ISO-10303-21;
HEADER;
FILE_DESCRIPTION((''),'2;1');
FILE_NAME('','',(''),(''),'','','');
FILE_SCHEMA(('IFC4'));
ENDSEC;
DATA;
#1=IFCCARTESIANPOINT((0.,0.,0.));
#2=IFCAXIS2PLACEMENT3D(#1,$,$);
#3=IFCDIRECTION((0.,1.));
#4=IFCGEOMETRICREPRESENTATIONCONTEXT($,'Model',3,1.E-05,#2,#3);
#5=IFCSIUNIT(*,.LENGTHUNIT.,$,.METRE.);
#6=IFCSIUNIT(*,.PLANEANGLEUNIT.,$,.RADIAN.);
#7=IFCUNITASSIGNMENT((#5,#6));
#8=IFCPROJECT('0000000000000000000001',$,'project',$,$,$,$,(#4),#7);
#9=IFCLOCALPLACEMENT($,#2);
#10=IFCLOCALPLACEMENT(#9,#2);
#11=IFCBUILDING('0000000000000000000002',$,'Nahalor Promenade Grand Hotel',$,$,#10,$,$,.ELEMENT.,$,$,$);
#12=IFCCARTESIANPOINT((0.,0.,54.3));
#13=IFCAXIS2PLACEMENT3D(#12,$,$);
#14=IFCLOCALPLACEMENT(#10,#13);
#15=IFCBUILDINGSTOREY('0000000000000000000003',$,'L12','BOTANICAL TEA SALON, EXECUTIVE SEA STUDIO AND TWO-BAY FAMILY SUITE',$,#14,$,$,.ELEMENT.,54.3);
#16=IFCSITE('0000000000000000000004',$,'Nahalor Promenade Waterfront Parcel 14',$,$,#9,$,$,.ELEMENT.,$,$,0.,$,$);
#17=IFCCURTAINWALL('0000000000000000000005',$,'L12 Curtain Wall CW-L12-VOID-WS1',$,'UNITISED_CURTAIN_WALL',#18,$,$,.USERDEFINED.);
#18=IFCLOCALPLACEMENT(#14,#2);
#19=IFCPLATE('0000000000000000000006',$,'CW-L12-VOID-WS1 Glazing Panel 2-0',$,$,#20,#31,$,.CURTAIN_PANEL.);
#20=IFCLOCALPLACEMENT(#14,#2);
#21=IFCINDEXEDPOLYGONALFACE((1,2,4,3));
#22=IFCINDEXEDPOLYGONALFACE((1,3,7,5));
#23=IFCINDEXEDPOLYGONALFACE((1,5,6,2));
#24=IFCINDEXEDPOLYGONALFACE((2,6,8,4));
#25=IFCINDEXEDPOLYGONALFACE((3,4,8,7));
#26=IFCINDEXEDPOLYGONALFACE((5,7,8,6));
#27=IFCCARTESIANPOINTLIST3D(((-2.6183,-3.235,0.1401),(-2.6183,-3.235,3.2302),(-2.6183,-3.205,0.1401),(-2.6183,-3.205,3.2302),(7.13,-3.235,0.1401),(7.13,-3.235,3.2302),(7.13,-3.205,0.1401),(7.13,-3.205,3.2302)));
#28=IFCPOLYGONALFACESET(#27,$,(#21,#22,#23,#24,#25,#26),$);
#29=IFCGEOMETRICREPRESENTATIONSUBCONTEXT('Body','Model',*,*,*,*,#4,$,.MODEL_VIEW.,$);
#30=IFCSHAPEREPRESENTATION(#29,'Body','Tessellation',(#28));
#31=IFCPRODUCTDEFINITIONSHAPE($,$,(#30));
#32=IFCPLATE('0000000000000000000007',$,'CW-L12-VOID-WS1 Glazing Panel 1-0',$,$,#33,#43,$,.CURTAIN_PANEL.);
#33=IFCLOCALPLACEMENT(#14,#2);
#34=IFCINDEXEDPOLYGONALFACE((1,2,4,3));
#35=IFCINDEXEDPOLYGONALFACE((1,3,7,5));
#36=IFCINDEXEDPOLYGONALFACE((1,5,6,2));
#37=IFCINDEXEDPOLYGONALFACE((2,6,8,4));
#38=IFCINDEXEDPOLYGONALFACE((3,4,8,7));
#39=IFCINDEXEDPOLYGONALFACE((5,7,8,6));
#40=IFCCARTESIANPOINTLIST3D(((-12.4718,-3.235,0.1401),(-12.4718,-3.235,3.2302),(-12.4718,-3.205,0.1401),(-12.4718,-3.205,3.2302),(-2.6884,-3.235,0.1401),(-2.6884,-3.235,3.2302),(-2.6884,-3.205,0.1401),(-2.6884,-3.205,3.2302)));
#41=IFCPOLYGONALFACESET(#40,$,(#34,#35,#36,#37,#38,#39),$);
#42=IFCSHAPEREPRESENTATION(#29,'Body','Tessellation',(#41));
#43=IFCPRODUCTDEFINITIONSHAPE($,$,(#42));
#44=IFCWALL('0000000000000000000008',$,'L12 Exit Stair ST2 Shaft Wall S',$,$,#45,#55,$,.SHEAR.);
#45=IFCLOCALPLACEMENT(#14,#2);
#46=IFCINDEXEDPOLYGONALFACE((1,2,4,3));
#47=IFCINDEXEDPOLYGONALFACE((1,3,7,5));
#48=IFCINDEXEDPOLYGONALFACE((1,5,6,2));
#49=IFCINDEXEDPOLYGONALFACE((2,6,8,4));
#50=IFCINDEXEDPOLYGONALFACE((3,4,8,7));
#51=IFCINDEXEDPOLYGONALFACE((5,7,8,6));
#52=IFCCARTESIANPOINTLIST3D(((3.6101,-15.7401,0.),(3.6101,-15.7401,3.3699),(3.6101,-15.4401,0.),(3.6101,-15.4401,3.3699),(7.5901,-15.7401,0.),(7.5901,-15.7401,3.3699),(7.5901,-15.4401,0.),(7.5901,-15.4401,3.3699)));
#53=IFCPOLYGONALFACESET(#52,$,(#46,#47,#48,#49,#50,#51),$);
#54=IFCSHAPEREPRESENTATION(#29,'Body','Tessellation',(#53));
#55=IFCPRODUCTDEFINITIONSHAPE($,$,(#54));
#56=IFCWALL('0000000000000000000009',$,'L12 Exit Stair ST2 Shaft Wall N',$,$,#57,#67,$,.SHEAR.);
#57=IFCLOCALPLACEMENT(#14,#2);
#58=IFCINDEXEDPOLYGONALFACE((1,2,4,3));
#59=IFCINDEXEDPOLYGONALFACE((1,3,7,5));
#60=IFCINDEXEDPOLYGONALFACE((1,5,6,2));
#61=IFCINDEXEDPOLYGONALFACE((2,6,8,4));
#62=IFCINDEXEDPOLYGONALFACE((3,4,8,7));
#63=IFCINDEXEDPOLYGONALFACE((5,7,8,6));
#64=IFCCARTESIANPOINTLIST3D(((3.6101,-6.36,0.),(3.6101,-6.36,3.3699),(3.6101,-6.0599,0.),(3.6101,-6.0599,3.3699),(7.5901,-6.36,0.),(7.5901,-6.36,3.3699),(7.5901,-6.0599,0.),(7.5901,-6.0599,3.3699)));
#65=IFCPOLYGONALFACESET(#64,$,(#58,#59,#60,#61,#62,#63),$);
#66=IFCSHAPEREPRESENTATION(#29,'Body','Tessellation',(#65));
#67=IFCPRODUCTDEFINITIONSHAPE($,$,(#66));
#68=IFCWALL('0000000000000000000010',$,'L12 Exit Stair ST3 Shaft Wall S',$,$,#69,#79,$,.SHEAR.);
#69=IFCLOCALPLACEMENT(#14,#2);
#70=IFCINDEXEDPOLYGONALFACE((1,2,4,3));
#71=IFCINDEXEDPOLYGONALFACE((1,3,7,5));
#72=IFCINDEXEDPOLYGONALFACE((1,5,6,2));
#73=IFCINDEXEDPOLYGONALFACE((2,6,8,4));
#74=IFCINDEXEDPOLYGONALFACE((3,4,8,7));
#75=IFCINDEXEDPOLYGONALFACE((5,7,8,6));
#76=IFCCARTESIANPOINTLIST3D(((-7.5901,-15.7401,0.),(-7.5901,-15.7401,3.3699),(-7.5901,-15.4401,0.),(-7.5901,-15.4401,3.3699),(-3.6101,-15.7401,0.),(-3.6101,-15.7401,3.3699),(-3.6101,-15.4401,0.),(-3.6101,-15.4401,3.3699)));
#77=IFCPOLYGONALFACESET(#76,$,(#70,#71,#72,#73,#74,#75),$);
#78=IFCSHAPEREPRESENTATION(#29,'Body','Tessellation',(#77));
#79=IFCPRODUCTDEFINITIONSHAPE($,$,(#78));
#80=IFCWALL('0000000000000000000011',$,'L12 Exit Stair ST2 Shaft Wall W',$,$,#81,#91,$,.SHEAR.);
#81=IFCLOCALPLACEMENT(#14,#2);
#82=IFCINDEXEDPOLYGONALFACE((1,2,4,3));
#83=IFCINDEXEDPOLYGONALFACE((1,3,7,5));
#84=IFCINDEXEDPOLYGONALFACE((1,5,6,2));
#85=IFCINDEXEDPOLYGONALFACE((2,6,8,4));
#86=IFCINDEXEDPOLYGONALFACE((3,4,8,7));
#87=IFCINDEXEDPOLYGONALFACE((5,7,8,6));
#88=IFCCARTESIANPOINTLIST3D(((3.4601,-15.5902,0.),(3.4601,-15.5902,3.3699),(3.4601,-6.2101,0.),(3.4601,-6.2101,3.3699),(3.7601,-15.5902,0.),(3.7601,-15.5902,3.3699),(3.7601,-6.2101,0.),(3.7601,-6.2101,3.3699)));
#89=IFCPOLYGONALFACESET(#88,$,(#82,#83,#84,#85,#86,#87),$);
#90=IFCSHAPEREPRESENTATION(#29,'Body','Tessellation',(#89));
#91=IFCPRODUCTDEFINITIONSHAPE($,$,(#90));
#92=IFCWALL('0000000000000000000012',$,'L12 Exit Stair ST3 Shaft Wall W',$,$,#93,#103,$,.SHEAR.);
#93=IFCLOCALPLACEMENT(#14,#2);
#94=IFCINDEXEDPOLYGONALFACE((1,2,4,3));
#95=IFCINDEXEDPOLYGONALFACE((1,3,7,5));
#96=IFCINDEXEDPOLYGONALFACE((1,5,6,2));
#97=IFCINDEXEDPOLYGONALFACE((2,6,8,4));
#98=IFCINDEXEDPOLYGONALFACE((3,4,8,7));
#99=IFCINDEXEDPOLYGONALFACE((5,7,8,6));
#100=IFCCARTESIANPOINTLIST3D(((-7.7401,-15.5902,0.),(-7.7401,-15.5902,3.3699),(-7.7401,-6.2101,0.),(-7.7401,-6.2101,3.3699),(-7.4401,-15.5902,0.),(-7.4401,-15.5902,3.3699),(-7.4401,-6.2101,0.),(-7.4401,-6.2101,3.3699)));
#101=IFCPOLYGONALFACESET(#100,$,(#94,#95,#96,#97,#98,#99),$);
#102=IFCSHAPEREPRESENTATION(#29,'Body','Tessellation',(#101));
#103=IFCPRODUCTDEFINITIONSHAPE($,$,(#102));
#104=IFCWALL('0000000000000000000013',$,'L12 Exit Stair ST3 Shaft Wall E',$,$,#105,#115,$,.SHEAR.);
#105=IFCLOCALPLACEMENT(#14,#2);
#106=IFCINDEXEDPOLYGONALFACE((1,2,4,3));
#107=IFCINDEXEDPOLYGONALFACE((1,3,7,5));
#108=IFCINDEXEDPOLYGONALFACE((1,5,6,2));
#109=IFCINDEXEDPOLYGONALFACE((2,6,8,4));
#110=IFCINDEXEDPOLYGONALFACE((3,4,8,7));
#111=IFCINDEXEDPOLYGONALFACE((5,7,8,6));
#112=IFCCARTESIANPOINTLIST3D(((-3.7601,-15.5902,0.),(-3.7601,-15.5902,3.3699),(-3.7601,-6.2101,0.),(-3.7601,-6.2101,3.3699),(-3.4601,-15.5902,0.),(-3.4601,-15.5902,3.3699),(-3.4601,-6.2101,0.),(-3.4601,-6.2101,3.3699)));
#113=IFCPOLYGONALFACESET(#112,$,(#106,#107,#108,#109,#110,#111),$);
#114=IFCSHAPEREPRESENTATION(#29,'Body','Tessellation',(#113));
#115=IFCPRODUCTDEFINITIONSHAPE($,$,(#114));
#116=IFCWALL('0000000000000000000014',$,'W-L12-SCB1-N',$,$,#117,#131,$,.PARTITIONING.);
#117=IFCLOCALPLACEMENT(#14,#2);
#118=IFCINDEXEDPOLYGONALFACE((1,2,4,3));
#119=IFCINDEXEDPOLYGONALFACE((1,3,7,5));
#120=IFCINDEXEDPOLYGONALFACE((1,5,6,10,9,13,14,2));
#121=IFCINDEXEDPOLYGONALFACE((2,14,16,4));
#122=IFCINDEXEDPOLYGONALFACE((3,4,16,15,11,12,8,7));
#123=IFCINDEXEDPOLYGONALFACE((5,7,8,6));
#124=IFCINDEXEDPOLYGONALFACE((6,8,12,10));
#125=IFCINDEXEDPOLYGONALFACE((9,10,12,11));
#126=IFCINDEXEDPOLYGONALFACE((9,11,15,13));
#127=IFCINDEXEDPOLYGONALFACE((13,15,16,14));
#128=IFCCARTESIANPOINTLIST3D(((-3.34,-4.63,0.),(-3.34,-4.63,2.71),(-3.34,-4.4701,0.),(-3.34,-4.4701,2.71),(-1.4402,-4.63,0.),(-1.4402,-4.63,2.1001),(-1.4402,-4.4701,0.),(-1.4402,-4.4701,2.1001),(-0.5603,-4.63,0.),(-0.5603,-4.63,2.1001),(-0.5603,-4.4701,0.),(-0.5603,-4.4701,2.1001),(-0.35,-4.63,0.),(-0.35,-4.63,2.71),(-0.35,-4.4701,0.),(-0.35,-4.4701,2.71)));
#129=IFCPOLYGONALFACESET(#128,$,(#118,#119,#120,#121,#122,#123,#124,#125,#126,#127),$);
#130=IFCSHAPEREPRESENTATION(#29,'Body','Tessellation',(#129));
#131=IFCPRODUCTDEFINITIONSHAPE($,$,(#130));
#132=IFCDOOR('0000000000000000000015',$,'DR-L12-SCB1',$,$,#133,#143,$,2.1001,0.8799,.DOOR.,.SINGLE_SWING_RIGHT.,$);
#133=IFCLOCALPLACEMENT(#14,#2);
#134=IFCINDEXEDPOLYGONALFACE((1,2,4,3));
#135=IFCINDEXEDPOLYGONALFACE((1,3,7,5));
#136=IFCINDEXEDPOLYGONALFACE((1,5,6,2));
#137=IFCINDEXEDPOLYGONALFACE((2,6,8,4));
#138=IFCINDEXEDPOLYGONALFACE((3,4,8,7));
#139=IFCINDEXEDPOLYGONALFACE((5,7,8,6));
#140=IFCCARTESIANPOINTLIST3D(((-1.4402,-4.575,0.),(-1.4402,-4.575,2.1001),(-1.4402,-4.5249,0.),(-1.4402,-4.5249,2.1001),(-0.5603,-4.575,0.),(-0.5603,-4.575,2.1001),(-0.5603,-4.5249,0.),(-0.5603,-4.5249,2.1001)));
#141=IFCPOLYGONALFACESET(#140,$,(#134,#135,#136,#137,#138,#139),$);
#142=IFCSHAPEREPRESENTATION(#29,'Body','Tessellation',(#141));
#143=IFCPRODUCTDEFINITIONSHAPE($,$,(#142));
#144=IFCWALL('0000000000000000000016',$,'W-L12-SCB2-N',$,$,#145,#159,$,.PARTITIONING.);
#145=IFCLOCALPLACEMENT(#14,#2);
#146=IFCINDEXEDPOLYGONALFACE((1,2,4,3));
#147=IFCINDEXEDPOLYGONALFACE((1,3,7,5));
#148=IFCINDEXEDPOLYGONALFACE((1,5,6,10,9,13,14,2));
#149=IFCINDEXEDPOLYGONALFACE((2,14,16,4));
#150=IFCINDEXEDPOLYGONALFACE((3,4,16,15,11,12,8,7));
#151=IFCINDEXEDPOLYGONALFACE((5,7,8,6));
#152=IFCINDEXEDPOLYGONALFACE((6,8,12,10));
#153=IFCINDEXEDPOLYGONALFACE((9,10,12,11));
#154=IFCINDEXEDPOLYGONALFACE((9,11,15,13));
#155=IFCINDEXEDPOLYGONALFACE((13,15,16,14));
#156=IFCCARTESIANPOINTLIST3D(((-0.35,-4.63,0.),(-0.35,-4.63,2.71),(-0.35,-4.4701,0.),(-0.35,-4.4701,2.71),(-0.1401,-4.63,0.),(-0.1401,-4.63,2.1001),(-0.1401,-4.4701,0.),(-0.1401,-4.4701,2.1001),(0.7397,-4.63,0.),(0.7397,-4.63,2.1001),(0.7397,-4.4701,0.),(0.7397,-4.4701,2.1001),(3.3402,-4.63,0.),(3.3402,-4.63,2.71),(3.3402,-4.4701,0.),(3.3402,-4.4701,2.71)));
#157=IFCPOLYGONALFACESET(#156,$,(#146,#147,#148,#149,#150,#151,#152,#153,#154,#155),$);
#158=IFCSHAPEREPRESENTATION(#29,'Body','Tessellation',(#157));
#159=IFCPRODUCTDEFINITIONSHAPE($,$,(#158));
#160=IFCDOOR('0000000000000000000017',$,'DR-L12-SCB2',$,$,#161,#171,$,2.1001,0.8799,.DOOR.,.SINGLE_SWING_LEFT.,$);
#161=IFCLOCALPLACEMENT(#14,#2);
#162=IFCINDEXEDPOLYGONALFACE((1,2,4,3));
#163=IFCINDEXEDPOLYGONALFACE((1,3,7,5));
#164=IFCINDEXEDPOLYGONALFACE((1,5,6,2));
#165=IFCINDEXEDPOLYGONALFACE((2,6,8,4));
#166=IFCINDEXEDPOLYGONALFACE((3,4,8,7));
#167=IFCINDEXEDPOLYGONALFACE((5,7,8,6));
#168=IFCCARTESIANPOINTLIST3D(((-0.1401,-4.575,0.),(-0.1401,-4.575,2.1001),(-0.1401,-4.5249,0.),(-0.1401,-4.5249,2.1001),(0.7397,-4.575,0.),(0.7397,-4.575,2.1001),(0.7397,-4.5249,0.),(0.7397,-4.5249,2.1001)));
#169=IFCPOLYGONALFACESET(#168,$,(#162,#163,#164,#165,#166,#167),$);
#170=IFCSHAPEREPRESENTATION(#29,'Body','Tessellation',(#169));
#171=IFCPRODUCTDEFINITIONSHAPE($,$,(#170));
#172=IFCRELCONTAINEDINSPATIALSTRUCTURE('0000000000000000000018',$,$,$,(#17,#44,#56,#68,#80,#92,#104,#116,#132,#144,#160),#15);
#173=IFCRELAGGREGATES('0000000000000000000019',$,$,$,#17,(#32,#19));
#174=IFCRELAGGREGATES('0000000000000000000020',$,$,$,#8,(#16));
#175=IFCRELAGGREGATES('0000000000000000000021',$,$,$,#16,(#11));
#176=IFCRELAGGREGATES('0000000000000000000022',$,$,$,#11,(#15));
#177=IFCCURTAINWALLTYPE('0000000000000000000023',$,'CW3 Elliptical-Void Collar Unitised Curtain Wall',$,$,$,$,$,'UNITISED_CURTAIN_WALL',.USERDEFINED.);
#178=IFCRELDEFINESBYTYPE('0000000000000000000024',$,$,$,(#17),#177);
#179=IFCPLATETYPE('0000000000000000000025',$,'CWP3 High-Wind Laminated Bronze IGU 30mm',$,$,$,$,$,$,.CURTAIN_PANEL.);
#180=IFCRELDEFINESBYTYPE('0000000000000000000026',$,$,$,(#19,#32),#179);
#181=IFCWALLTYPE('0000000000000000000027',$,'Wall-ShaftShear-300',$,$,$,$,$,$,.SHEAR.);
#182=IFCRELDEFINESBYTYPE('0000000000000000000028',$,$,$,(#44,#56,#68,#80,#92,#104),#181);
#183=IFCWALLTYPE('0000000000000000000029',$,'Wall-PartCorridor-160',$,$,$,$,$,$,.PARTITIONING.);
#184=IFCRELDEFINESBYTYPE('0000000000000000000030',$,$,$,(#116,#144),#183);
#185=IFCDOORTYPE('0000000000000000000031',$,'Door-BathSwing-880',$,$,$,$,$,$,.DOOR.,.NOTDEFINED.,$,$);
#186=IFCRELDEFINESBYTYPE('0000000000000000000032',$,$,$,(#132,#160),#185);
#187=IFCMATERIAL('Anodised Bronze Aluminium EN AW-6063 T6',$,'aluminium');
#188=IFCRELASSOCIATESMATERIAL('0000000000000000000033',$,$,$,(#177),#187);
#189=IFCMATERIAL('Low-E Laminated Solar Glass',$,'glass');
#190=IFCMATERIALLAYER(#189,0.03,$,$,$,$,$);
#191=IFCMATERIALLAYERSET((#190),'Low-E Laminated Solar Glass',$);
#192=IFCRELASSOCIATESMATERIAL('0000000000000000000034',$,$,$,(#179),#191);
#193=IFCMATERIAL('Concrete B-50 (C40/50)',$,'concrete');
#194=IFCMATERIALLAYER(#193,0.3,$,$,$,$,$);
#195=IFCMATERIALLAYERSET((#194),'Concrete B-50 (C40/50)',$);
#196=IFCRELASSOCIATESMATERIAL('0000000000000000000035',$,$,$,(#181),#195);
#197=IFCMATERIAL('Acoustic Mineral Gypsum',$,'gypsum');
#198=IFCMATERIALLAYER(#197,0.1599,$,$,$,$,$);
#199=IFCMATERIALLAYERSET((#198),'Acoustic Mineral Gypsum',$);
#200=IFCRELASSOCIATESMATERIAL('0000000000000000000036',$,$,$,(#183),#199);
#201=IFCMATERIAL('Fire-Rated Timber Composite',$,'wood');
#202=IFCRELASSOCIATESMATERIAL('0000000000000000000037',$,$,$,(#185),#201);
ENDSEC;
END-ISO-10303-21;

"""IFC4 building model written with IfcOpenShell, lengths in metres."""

from ifc_helpers import new_model, si_unit, direction, frame, frame_2d, origin, origin_2d, place, context, subcontext, project, spatial, rectangle, extrude, source, transform, mapped, material, layer, layer_set, type_object, element, fill, aggregate, save


model = new_model("IFC4")

# Units and contexts
model_context = context("Model", 3, precision=1e-05, world=origin(), true_north=direction((0.0, 1.0)))
body_context = subcontext(model_context, "Body", "Model", "MODEL_VIEW")
ifc_project = project(units=[si_unit("LENGTHUNIT", "METRE"), si_unit("PLANEANGLEUNIT", "RADIAN")], contexts=[model_context])

# Site, building, storey
site_placement = place(None, origin())
site = spatial("IfcSite", under=ifc_project, at=site_placement, Name="Nahalor Promenade Waterfront Parcel 14", CompositionType="ELEMENT", RefElevation=0.0)
building_placement = place(site_placement, origin())
building = spatial("IfcBuilding", under=site, at=building_placement, Name="Nahalor Promenade Grand Hotel", CompositionType="ELEMENT")
storey_placement = place(building_placement, frame((0.0, 0.0, 54.3)))
storey = spatial("IfcBuildingStorey", under=building, at=storey_placement, Name="L12", Description="BOTANICAL TEA SALON, EXECUTIVE SEA STUDIO AND TWO-BAY FAMILY SUITE", CompositionType="ELEMENT", Elevation=54.3)

# Curtain wall, plates
ifc_material_1 = material(Name="Anodised Bronze Aluminium EN AW-6063 T6", Category="aluminium")
curtain_wall_type = type_object("IfcCurtainWallType", Name="CW3 Elliptical-Void Collar Unitised Curtain Wall", ElementType="UNITISED_CURTAIN_WALL", PredefinedType="USERDEFINED", material=ifc_material_1)
curtain_wall_placement = place(storey_placement, origin())
curtain_wall = element("IfcCurtainWall", 1, at=curtain_wall_placement, inside=storey, type_object=curtain_wall_type, Name="L12 Curtain Wall CW-L12-VOID-WS1", ObjectType="UNITISED_CURTAIN_WALL", PredefinedType="USERDEFINED")
ifc_material_2 = material(Name="Low-E Laminated Solar Glass", Category="glass")
ifc_layer_1 = layer(ifc_material_2, 0.03)
ifc_layer_set_1 = layer_set([ifc_layer_1], Name="Low-E Laminated Solar Glass")
plate_type = type_object("IfcPlateType", Name="CWP3 High-Wind Laminated Bronze IGU 30mm", PredefinedType="CURTAIN_PANEL", material=ifc_layer_set_1)
shared_shape_1 = source(origin(), body_context, "Body", "SweptSolid", [
    extrude(rectangle(XDim=9.7483, YDim=0.03, at=origin_2d()), origin(), (0.0, 0.0, 1.0), 3.0901),
])
plate_1_placement = place(storey_placement, frame((2.2559, -3.22, 0.1401), z_axis=(0.0, 0.0, 1.0), x_axis=(1.0, 0.0, 0.0)))
plate_1 = element("IfcPlate", 2, at=plate_1_placement, type_object=plate_type, Name="CW-L12-VOID-WS1 Glazing Panel 2-0", PredefinedType="CURTAIN_PANEL", context=body_context, shape_type="MappedRepresentation", body=[
    mapped(shared_shape_1, transform((0.0, 0.0, 0.0), scale=1.0)),
])
shared_shape_2 = source(origin(), body_context, "Body", "SweptSolid", [
    extrude(rectangle(XDim=9.7834, YDim=0.03, at=origin_2d()), origin(), (0.0, 0.0, 1.0), 3.0901),
])
plate_2_placement = place(storey_placement, frame((-7.5801, -3.22, 0.1401), z_axis=(0.0, 0.0, 1.0), x_axis=(1.0, 0.0, 0.0)))
plate_2 = element("IfcPlate", 3, at=plate_2_placement, type_object=plate_type, Name="CW-L12-VOID-WS1 Glazing Panel 1-0", PredefinedType="CURTAIN_PANEL", context=body_context, shape_type="MappedRepresentation", body=[
    mapped(shared_shape_2, transform((0.0, 0.0, 0.0), scale=1.0)),
])
aggregate(curtain_wall, [plate_2, plate_1])

# Walls
ifc_material_3 = material(Name="Concrete B-50 (C40/50)", Category="concrete")
ifc_layer_2 = layer(ifc_material_3, 0.3)
ifc_layer_set_2 = layer_set([ifc_layer_2], Name="Concrete B-50 (C40/50)")
wall_type_1 = type_object("IfcWallType", Name="Wall-ShaftShear-300", PredefinedType="SHEAR", material=ifc_layer_set_2)
shared_shape_3 = source(origin(), body_context, "Body", "SweptSolid", [
    extrude(rectangle(XDim=3.98, YDim=0.3, at=frame_2d((1.99, 0.0))), origin(), (0.0, 0.0, 1.0), 3.3699),
])
for number, where, z_axis, x_axis, name in (
    (4, (3.6101, -15.5901, 0.0), (0.0, 0.0, 1.0), (1.0, 0.0, 0.0), "L12 Exit Stair ST2 Shaft Wall S"),
    (5, (3.6101, -6.21, 0.0), (0.0, 0.0, 1.0), (1.0, 0.0, 0.0), "L12 Exit Stair ST2 Shaft Wall N"),
    (6, (-7.5901, -15.5901, 0.0), (0.0, 0.0, 1.0), (1.0, 0.0, 0.0), "L12 Exit Stair ST3 Shaft Wall S"),
):
    element("IfcWall", number, at=place(storey_placement, frame(where, z_axis=z_axis, x_axis=x_axis)), inside=storey, type_object=wall_type_1, Name=name, PredefinedType="SHEAR", context=body_context, shape_type="MappedRepresentation", body=[
        mapped(shared_shape_3, transform((0.0, 0.0, 0.0), scale=1.0)),
    ])

# Walls
shared_shape_4 = source(origin(), body_context, "Body", "SweptSolid", [
    extrude(rectangle(XDim=9.3801, YDim=0.3, at=frame_2d((4.6899, 0.0))), origin(), (0.0, 0.0, 1.0), 3.3699),
])
for number, where, z_axis, x_axis, name in (
    (7, (3.6101, -15.5901, 0.0), (0.0, 0.0, 1.0), (0.0, 1.0, 0.0), "L12 Exit Stair ST2 Shaft Wall W"),
    (8, (-7.5901, -15.5901, 0.0), (0.0, 0.0, 1.0), (0.0, 1.0, 0.0), "L12 Exit Stair ST3 Shaft Wall W"),
    (9, (-3.6101, -15.5901, 0.0), (0.0, 0.0, 1.0), (0.0, 1.0, 0.0), "L12 Exit Stair ST3 Shaft Wall E"),
):
    element("IfcWall", number, at=place(storey_placement, frame(where, z_axis=z_axis, x_axis=x_axis)), inside=storey, type_object=wall_type_1, Name=name, PredefinedType="SHEAR", context=body_context, shape_type="MappedRepresentation", body=[
        mapped(shared_shape_4, transform((0.0, 0.0, 0.0), scale=1.0)),
    ])

# Walls, openings, doors
ifc_material_4 = material(Name="Acoustic Mineral Gypsum", Category="gypsum")
ifc_layer_3 = layer(ifc_material_4, 0.1599)
ifc_layer_set_3 = layer_set([ifc_layer_3], Name="Acoustic Mineral Gypsum")
wall_type_2 = type_object("IfcWallType", Name="Wall-PartCorridor-160", PredefinedType="PARTITIONING", material=ifc_layer_set_3)
shared_shape_5 = source(origin(), body_context, "Body", "SweptSolid", [
    extrude(rectangle(XDim=2.99, YDim=0.1599, at=frame_2d((1.4951, 0.0))), origin(), (0.0, 0.0, 1.0), 2.71),
])
wall_1_placement = place(storey_placement, frame((-3.3401, -4.55, 0.0), z_axis=(0.0, 0.0, 1.0), x_axis=(1.0, 0.0, 0.0)))
wall_1 = element("IfcWall", 10, at=wall_1_placement, inside=storey, type_object=wall_type_2, Name="W-L12-SCB1-N", PredefinedType="PARTITIONING", context=body_context, shape_type="MappedRepresentation", body=[
    mapped(shared_shape_5, transform((0.0, 0.0, 0.0), scale=1.0)),
])
opening_1_placement = place(wall_1_placement, frame((1.8999, 0.0, 0.0)))
opening_1 = element("IfcOpeningElement", 11, at=opening_1_placement, cuts=wall_1, PredefinedType="OPENING", context=body_context, shape_type="SweptSolid", body=[
    extrude(rectangle(XDim=0.8799, YDim=2.1001, at=frame_2d((0.4399, 1.05))), frame((0.0, 0.0898, 0.0), z_axis=(0.0, -1.0, 0.0), x_axis=(1.0, 0.0, 0.0)), (0.0, 0.0, 1.0), 0.1799),
])
ifc_material_5 = material(Name="Fire-Rated Timber Composite", Category="wood")
door_type_1 = type_object("IfcDoorType", Name="Door-BathSwing-880", OperationType="NOTDEFINED", PredefinedType="DOOR", material=ifc_material_5)
shared_shape_6 = source(origin(), body_context, "Body", "SweptSolid", [
    extrude(rectangle(XDim=0.8799, YDim=2.1001, at=frame_2d((0.4399, 1.05))), frame((0.0, 0.0249, 0.0), z_axis=(0.0, -1.0, 0.0), x_axis=(1.0, 0.0, 0.0)), (0.0, 0.0, 1.0), 0.05),
])
door_1_placement = place(opening_1_placement, frame((0.8799, 0.0, 0.0), z_axis=(0.0, 0.0, 1.0), x_axis=(-1.0, 0.0, 0.0)))
door_1 = element("IfcDoor", 12, at=door_1_placement, inside=storey, type_object=door_type_1, Name="DR-L12-SCB1", OperationType="SINGLE_SWING_RIGHT", OverallHeight=2.1001, OverallWidth=0.8799, PredefinedType="DOOR", context=body_context, shape_type="MappedRepresentation", body=[
    mapped(shared_shape_6, transform((0.0, 0.0, 0.0), scale=1.0)),
])
fill(opening_1, door_1)
shared_shape_7 = source(origin(), body_context, "Body", "SweptSolid", [
    extrude(rectangle(XDim=3.6902, YDim=0.1599, at=frame_2d((1.8452, 0.0))), origin(), (0.0, 0.0, 1.0), 2.71),
])
wall_2_placement = place(storey_placement, frame((-0.3501, -4.55, 0.0), z_axis=(0.0, 0.0, 1.0), x_axis=(1.0, 0.0, 0.0)))
wall_2 = element("IfcWall", 13, at=wall_2_placement, inside=storey, type_object=wall_type_2, Name="W-L12-SCB2-N", PredefinedType="PARTITIONING", context=body_context, shape_type="MappedRepresentation", body=[
    mapped(shared_shape_7, transform((0.0, 0.0, 0.0), scale=1.0)),
])
opening_2_placement = place(wall_2_placement, frame((0.21, 0.0, 0.0)))
opening_2 = element("IfcOpeningElement", 14, at=opening_2_placement, cuts=wall_2, PredefinedType="OPENING", context=body_context, shape_type="SweptSolid", body=[
    extrude(rectangle(XDim=0.8799, YDim=2.1001, at=frame_2d((0.4399, 1.05))), frame((0.0, 0.0898, 0.0), z_axis=(0.0, -1.0, 0.0), x_axis=(1.0, 0.0, 0.0)), (0.0, 0.0, 1.0), 0.1799),
])
door_2_placement = place(opening_2_placement, frame((0.8799, 0.0, 0.0), z_axis=(0.0, 0.0, 1.0), x_axis=(-1.0, 0.0, 0.0)))
door_2 = element("IfcDoor", 15, at=door_2_placement, inside=storey, type_object=door_type_1, Name="DR-L12-SCB2", OperationType="SINGLE_SWING_LEFT", OverallHeight=2.1001, OverallWidth=0.8799, PredefinedType="DOOR", context=body_context, shape_type="MappedRepresentation", body=[
    mapped(shared_shape_6, transform((0.0, 0.0, 0.0), scale=1.0)),
])
fill(opening_2, door_2)

save(model, "model.ifc")
